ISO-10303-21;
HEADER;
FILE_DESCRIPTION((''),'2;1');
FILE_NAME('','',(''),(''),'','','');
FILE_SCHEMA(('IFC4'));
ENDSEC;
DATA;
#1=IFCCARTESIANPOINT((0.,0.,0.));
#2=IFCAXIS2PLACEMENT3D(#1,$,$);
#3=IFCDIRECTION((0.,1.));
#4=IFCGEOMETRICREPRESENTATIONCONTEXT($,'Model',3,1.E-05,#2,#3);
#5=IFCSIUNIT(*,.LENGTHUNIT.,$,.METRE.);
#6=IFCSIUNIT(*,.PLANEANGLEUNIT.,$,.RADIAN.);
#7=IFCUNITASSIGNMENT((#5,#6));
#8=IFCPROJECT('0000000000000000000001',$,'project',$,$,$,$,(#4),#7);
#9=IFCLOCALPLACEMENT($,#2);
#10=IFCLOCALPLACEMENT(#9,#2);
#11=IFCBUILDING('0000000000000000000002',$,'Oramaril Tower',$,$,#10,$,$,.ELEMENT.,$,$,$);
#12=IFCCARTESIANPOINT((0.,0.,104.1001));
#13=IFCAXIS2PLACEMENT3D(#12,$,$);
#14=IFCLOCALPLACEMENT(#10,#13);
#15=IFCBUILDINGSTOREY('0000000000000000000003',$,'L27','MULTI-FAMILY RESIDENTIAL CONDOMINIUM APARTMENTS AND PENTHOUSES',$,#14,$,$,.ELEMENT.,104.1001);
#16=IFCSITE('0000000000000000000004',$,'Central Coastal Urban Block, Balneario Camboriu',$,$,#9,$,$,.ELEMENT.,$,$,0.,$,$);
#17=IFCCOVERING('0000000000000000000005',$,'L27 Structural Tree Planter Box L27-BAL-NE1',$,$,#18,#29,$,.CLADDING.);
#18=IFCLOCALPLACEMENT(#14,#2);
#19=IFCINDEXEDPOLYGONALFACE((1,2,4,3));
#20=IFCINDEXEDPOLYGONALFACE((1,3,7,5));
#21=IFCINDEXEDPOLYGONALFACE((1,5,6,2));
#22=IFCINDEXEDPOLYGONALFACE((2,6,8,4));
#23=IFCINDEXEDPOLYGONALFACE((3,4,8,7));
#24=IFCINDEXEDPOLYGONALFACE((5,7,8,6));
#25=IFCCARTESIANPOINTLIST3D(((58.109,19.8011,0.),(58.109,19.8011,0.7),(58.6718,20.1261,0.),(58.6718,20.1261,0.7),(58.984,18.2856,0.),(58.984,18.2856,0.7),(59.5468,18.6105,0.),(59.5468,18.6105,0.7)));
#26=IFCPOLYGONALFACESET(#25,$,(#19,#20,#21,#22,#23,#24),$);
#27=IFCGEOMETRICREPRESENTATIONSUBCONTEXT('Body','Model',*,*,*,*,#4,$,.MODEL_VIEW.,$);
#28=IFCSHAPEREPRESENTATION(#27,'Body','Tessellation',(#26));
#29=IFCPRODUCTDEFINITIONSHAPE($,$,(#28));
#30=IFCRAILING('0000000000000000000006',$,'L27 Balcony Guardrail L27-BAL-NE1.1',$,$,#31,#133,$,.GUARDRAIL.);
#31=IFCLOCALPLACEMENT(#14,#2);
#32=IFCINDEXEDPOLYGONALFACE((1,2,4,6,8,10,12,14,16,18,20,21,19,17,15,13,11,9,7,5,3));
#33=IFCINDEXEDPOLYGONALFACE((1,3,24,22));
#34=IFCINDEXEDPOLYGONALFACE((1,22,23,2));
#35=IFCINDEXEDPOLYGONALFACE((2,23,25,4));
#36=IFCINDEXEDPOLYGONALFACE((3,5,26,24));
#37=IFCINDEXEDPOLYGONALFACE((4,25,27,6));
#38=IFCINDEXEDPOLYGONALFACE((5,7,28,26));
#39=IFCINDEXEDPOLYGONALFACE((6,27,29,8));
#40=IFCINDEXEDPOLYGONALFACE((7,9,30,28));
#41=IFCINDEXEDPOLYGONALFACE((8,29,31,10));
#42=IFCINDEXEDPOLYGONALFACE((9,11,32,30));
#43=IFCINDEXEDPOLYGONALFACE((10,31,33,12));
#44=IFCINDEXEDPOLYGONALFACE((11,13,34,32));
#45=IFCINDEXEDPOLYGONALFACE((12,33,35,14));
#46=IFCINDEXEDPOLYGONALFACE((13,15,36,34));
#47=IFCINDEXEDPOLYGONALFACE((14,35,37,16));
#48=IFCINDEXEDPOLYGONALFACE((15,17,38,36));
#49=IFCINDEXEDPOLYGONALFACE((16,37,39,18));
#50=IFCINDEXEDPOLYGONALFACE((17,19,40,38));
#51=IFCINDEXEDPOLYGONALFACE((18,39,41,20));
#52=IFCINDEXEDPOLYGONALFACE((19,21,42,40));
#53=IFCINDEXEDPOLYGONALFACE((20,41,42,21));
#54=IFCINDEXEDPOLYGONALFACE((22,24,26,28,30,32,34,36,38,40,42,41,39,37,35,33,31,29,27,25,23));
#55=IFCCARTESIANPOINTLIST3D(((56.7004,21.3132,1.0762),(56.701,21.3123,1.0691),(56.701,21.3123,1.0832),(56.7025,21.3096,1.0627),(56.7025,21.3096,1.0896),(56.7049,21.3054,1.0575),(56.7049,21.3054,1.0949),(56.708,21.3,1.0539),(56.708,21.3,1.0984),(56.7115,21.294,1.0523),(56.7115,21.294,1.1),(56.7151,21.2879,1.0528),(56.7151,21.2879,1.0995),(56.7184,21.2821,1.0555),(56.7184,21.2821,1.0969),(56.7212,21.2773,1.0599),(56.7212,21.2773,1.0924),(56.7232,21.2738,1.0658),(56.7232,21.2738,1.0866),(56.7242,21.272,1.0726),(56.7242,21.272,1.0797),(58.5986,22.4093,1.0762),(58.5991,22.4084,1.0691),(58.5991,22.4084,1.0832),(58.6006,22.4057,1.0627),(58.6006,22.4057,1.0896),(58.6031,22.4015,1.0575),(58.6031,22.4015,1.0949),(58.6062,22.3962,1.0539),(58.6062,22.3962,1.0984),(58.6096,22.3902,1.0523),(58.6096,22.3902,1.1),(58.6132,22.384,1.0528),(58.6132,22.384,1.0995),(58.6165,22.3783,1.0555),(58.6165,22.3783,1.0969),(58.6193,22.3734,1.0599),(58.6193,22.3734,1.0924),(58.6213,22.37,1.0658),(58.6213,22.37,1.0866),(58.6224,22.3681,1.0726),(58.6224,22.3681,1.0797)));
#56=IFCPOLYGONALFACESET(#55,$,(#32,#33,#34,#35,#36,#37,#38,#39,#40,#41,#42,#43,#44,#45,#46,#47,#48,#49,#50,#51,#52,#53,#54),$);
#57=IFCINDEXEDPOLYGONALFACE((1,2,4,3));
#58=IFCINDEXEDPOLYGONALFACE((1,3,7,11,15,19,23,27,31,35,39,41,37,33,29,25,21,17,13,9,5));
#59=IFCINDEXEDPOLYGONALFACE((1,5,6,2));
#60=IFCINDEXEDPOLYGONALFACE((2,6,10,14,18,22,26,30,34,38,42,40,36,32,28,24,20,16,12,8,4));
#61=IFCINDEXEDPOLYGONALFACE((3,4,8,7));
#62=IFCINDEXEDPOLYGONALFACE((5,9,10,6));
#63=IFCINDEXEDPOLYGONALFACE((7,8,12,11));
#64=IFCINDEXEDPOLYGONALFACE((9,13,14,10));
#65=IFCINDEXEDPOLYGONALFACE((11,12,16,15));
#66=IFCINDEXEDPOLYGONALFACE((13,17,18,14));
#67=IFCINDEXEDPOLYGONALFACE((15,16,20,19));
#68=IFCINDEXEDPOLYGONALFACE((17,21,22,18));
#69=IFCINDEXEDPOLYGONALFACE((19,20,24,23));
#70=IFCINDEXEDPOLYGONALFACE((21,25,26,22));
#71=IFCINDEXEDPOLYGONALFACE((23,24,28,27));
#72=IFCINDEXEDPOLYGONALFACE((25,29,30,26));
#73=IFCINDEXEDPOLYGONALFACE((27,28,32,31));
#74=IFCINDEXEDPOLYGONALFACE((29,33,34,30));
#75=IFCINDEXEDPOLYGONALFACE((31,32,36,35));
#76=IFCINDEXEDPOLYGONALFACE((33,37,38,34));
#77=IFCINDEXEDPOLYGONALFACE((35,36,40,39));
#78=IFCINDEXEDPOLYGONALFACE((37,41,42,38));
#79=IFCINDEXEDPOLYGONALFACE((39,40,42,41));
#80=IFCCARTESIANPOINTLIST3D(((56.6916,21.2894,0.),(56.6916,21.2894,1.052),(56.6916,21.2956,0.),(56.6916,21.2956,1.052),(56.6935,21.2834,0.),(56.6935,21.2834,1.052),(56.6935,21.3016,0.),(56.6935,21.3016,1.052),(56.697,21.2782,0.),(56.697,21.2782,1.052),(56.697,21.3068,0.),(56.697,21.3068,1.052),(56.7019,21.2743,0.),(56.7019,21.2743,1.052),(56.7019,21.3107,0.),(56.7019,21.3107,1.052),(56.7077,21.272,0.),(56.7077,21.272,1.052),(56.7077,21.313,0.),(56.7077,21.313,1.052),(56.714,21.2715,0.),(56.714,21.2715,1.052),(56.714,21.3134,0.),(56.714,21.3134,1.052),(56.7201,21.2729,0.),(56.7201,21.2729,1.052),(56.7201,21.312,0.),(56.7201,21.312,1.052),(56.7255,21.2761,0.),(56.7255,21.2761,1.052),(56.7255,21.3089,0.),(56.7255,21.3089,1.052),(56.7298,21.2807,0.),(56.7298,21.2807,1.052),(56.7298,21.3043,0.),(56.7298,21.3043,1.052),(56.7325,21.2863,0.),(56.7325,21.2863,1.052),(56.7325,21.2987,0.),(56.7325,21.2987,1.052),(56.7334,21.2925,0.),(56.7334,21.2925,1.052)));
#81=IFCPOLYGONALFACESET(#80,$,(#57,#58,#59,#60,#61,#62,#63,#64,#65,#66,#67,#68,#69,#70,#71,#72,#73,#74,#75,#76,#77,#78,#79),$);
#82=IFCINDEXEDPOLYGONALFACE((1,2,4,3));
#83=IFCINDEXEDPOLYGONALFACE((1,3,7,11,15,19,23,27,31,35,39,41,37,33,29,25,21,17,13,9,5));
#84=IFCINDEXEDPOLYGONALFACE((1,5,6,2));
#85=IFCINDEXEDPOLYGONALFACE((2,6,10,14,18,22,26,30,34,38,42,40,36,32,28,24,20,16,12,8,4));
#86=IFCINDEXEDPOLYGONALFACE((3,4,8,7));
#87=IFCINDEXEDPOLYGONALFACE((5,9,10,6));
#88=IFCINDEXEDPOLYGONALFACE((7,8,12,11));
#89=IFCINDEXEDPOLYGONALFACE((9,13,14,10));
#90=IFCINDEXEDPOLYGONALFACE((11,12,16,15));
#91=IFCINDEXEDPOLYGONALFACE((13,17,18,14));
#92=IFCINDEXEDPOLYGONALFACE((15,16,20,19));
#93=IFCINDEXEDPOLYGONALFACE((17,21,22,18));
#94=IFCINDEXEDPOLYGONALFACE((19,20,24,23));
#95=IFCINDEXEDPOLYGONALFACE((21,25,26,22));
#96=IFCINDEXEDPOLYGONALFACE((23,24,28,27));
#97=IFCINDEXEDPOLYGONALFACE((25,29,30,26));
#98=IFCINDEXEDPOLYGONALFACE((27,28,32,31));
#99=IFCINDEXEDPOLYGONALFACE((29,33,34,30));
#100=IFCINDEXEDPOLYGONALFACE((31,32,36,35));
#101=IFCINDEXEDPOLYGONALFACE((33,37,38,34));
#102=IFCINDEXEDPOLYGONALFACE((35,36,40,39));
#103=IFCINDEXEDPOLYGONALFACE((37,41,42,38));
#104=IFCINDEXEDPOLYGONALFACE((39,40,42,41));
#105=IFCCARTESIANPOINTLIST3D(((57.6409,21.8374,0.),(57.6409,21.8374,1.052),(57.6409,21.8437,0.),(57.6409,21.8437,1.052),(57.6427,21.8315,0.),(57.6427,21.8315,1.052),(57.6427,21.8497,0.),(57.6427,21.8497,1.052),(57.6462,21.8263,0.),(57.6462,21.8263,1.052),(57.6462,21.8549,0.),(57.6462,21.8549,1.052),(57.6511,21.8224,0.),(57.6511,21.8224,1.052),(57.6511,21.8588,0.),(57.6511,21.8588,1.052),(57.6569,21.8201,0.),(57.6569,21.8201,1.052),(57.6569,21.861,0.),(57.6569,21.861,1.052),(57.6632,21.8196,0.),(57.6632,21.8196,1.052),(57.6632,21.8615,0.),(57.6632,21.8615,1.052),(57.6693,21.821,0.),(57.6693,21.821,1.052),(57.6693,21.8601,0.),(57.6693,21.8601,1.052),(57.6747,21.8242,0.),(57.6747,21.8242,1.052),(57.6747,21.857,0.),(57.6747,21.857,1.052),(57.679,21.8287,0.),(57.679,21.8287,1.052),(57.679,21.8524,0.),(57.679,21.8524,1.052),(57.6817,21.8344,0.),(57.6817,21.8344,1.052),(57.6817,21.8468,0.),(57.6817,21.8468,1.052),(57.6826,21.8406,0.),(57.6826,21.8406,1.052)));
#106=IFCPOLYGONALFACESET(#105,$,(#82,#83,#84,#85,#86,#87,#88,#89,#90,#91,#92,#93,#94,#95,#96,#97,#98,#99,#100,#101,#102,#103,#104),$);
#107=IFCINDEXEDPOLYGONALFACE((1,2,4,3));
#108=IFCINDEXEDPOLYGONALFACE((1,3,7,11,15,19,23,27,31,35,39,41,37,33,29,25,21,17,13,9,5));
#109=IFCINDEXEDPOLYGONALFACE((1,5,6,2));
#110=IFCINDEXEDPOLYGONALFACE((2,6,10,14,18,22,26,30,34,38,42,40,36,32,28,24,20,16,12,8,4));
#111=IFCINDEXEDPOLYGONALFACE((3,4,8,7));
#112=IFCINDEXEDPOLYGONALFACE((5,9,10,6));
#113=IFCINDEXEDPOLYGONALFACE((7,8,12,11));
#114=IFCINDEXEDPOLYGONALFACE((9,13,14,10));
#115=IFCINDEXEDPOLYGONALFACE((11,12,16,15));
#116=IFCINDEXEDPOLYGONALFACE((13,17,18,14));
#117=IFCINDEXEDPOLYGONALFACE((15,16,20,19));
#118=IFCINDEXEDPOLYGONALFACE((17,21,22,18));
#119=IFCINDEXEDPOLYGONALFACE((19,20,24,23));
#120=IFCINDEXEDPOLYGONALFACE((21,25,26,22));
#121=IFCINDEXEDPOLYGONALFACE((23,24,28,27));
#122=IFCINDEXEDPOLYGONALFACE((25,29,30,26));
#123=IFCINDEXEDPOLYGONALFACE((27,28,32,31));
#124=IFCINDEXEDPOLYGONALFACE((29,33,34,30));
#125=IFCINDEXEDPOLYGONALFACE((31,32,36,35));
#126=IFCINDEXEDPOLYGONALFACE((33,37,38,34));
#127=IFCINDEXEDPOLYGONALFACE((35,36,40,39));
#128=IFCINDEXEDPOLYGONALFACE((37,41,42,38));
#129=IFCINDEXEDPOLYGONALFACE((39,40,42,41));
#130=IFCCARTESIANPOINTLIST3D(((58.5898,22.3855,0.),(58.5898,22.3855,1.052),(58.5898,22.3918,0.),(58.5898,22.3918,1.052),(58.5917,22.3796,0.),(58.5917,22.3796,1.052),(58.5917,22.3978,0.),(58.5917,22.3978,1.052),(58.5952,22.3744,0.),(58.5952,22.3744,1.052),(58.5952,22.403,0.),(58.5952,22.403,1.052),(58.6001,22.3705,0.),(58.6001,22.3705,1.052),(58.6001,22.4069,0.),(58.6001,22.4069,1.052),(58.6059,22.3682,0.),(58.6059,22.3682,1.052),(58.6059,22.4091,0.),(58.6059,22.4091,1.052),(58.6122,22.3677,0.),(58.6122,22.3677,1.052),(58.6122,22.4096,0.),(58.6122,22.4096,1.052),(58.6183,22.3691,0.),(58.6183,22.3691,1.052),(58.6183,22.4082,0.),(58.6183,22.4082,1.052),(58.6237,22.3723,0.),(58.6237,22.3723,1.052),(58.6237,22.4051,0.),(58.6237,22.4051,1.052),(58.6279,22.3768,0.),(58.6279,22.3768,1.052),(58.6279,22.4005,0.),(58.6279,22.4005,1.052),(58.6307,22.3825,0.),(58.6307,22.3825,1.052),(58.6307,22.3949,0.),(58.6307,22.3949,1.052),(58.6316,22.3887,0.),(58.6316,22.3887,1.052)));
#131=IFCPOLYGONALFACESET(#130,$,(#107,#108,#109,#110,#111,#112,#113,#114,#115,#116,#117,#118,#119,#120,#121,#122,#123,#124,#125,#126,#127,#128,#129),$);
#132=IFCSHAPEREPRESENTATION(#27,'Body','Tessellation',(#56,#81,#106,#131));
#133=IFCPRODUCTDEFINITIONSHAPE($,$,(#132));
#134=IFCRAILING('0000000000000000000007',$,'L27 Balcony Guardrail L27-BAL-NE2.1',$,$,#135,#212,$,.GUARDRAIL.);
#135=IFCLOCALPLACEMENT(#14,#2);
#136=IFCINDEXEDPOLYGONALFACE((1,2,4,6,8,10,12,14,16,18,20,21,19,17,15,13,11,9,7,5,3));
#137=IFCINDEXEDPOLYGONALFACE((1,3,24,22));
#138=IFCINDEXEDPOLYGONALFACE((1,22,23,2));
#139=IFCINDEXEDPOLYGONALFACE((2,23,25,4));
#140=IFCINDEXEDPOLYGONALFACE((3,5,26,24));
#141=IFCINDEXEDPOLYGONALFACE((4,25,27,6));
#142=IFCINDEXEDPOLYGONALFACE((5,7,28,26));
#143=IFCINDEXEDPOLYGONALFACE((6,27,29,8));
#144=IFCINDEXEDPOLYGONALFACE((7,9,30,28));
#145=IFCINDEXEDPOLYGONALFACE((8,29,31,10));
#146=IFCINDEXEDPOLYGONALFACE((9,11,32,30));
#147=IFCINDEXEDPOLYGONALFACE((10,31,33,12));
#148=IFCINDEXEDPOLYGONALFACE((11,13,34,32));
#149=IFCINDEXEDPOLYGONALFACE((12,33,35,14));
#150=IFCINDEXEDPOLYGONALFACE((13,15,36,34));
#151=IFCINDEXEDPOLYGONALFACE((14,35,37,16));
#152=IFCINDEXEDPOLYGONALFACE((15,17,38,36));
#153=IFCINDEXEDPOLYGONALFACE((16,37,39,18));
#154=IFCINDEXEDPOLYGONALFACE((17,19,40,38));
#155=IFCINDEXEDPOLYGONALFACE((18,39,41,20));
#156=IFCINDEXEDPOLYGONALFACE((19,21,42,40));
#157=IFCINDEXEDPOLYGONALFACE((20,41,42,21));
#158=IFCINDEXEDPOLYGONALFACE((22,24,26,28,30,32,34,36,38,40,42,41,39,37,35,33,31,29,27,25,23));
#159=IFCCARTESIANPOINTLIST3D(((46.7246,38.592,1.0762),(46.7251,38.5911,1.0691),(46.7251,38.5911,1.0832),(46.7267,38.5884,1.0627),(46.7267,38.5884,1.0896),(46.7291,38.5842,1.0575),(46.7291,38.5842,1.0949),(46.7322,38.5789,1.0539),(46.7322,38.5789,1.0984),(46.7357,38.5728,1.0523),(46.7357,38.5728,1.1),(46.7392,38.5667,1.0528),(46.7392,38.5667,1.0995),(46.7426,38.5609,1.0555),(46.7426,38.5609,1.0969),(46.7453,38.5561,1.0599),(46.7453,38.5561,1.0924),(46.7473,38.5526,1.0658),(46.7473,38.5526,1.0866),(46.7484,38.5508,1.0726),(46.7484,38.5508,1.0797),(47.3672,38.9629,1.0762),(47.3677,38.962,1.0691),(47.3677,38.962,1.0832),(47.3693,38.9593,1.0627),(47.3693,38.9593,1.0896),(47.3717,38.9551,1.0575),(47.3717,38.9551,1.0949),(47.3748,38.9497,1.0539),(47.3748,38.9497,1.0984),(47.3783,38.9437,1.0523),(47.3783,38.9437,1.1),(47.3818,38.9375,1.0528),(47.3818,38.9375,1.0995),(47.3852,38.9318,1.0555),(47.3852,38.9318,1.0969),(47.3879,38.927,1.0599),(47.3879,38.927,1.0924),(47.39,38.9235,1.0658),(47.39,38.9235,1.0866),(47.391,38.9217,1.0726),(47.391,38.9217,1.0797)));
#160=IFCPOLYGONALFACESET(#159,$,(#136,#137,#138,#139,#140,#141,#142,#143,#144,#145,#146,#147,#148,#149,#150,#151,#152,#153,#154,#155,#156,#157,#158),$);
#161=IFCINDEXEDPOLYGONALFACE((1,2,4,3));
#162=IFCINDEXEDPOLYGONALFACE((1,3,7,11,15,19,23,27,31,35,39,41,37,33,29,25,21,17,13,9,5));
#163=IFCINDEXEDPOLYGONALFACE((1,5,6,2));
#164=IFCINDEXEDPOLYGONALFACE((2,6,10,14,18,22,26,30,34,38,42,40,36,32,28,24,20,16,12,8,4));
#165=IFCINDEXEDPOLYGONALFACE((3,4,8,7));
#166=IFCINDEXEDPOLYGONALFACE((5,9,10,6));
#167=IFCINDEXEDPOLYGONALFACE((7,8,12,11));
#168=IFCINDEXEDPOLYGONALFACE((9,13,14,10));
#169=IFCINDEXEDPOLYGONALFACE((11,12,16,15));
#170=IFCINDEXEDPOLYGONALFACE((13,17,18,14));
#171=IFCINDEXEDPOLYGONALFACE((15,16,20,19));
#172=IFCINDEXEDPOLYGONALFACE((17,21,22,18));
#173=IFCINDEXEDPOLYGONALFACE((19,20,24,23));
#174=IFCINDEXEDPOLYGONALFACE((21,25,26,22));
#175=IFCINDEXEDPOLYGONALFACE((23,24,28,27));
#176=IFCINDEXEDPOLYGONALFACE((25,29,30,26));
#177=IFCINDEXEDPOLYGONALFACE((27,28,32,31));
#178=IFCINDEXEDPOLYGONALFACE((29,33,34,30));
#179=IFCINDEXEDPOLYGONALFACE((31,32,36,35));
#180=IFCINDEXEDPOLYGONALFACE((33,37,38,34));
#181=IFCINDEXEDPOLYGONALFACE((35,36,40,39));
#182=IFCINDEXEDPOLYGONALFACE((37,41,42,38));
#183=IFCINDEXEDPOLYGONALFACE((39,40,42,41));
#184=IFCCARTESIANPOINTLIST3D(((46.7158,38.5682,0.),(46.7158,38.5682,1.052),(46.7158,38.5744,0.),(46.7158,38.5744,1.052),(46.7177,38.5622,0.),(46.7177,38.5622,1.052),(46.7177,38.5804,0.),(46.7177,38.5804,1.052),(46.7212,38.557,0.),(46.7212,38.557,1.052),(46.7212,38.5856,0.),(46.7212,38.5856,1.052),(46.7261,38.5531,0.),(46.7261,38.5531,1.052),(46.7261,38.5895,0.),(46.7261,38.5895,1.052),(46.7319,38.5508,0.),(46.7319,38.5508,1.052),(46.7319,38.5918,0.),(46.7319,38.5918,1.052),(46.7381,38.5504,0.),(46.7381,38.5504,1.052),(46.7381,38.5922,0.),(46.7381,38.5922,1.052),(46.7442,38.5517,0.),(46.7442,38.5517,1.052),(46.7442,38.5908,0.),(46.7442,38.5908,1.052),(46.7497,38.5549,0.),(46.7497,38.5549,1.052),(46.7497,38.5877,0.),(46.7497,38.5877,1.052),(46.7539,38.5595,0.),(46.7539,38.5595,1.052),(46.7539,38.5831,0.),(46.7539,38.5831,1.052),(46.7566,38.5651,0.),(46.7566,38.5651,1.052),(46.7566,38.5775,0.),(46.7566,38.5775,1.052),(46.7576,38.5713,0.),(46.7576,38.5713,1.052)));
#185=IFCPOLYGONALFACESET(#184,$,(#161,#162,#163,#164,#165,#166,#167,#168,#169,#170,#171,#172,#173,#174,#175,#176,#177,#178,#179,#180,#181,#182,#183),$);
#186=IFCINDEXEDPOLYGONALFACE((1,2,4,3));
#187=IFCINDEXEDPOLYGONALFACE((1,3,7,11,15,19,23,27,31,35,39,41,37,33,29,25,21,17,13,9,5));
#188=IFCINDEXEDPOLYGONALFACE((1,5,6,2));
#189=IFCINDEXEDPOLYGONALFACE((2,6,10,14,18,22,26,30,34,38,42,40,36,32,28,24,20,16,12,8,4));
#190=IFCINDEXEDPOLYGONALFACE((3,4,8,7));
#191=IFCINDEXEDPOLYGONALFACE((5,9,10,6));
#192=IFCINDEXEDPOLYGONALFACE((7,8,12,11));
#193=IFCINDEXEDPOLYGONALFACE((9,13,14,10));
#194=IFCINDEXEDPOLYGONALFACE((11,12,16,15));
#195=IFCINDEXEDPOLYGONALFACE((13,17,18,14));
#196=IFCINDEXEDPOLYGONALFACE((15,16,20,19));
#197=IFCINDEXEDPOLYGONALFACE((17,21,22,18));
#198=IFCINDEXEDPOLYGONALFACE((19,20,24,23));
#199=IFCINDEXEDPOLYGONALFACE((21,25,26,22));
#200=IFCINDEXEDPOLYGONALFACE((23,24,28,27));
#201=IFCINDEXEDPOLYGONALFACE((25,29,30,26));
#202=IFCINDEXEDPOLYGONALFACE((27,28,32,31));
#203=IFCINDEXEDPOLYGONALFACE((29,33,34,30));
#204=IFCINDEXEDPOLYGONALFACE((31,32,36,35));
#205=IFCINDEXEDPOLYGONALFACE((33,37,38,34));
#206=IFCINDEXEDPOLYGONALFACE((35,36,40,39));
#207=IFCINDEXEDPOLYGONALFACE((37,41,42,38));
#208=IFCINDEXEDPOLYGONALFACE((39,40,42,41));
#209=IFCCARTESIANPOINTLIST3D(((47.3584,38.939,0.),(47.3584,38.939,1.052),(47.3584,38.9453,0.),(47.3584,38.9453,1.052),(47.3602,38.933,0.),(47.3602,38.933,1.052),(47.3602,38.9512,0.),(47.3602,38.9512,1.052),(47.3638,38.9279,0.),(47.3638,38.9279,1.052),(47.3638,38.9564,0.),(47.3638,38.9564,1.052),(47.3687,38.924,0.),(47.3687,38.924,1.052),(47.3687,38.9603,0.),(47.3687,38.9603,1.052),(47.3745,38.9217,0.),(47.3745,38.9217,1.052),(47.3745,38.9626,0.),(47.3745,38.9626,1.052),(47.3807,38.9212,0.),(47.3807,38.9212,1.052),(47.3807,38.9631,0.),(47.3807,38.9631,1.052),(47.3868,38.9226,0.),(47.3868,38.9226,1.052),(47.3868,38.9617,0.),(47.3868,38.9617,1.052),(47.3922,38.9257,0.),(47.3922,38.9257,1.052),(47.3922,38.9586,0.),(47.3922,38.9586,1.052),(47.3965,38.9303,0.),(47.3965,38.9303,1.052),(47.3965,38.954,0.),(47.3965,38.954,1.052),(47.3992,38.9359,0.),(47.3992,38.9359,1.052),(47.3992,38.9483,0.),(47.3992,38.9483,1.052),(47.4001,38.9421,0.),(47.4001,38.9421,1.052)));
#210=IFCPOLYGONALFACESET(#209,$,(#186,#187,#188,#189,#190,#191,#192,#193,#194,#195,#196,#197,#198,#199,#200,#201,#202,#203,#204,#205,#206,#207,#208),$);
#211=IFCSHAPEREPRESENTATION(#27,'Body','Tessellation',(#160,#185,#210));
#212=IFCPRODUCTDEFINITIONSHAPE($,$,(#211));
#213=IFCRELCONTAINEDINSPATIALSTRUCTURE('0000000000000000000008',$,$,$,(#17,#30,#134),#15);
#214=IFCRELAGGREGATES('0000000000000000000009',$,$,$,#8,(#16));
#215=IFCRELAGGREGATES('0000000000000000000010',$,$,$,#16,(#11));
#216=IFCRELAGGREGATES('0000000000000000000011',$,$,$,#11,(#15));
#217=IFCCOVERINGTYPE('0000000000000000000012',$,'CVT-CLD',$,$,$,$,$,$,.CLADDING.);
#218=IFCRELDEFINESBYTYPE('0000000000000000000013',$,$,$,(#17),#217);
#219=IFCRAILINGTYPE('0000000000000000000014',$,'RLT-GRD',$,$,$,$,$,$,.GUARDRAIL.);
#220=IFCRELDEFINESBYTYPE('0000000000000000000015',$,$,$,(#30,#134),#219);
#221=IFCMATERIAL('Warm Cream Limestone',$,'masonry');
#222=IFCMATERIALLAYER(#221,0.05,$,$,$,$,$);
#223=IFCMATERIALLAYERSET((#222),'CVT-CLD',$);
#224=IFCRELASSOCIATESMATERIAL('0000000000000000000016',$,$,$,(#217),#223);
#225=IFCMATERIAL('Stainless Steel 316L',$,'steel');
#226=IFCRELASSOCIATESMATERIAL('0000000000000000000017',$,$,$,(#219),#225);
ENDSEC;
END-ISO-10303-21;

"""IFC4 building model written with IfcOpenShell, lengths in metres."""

from ifc_helpers import new_model, si_unit, direction, frame, origin, origin_2d, place, context, subcontext, project, spatial, rectangle, circle, extrude, material, layer, layer_set, type_object, element, save


model = new_model("IFC4")

# Units and contexts
model_context = context("Model", 3, precision=1e-05, world=origin(), true_north=direction((0.0, 1.0)))
body_context = subcontext(model_context, "Body", "Model", "MODEL_VIEW")
ifc_project = project(units=[si_unit("LENGTHUNIT", "METRE"), si_unit("PLANEANGLEUNIT", "RADIAN")], contexts=[model_context])

# Site, building, storey
site_placement = place(None, origin())
site = spatial("IfcSite", under=ifc_project, at=site_placement, Name="Central Coastal Urban Block, Balneario Camboriu", CompositionType="ELEMENT", RefElevation=0.0)
building_placement = place(site_placement, origin())
building = spatial("IfcBuilding", under=site, at=building_placement, Name="Oramaril Tower", CompositionType="ELEMENT")
storey_placement = place(building_placement, frame((0.0, 0.0, 104.1001)))
storey = spatial("IfcBuildingStorey", under=building, at=storey_placement, Name="L27", Description="MULTI-FAMILY RESIDENTIAL CONDOMINIUM APARTMENTS AND PENTHOUSES", CompositionType="ELEMENT", Elevation=104.1001)

# Covering
ifc_material_1 = material(Name="Warm Cream Limestone", Category="masonry")
ifc_layer_1 = layer(ifc_material_1, 0.05)
ifc_layer_set_1 = layer_set([ifc_layer_1], Name="CVT-CLD")
covering_type = type_object("IfcCoveringType", Name="CVT-CLD", PredefinedType="CLADDING", material=ifc_layer_set_1)
covering_placement = place(storey_placement, frame((58.8279, 19.2058, 0.0), z_axis=(0.0, 0.0, 1.0), x_axis=(-0.5, 0.866025, 0.0)))
element("IfcCovering", 1, at=covering_placement, inside=storey, type_object=covering_type, Name="L27 Structural Tree Planter Box L27-BAL-NE1", PredefinedType="CLADDING", context=body_context, shape_type="SweptSolid", body=[
    extrude(rectangle(XDim=1.75, YDim=0.6499, at=origin_2d()), origin(), (0.0, 0.0, 1.0), 0.7),
])

# Railings
ifc_material_2 = material(Name="Stainless Steel 316L", Category="steel")
railing_type = type_object("IfcRailingType", Name="RLT-GRD", PredefinedType="GUARDRAIL", material=ifc_material_2)
railing_1_placement = place(storey_placement, frame((56.7124, 21.2925, 0.0)))
element("IfcRailing", 2, at=railing_1_placement, inside=storey, type_object=railing_type, Name="L27 Balcony Guardrail L27-BAL-NE1.1", PredefinedType="GUARDRAIL", context=body_context, shape_type="SweptSolid", body=[
    extrude(circle(Radius=0.0239, at=origin_2d()), frame((0.0, 0.0, 1.0762), z_axis=(0.865972, 0.500092, 0.0), x_axis=(-0.500092, 0.865972, 0.0)), (0.0, 0.0, 1.0), 2.1919),
    extrude(circle(Radius=0.021, at=origin_2d()), origin(), (0.0, 0.0, 1.0), 1.052),
    extrude(circle(Radius=0.021, at=origin_2d()), frame((0.9492, 0.5481, 0.0)), (0.0, 0.0, 1.0), 1.052),
    extrude(circle(Radius=0.021, at=origin_2d()), frame((1.8982, 1.0962, 0.0)), (0.0, 0.0, 1.0), 1.052),
])
railing_2_placement = place(storey_placement, frame((46.7366, 38.5713, 0.0)))
element("IfcRailing", 3, at=railing_2_placement, inside=storey, type_object=railing_type, Name="L27 Balcony Guardrail L27-BAL-NE2.1", PredefinedType="GUARDRAIL", context=body_context, shape_type="SweptSolid", body=[
    extrude(circle(Radius=0.0239, at=origin_2d()), frame((0.0, 0.0, 1.0762), z_axis=(0.866109, 0.499855, 0.0), x_axis=(-0.499855, 0.866109, 0.0)), (0.0, 0.0, 1.0), 0.7419),
    extrude(circle(Radius=0.021, at=origin_2d()), origin(), (0.0, 0.0, 1.0), 1.052),
    extrude(circle(Radius=0.021, at=origin_2d()), frame((0.6426, 0.3708, 0.0)), (0.0, 0.0, 1.0), 1.052),
])

save(model, "model.ifc")
